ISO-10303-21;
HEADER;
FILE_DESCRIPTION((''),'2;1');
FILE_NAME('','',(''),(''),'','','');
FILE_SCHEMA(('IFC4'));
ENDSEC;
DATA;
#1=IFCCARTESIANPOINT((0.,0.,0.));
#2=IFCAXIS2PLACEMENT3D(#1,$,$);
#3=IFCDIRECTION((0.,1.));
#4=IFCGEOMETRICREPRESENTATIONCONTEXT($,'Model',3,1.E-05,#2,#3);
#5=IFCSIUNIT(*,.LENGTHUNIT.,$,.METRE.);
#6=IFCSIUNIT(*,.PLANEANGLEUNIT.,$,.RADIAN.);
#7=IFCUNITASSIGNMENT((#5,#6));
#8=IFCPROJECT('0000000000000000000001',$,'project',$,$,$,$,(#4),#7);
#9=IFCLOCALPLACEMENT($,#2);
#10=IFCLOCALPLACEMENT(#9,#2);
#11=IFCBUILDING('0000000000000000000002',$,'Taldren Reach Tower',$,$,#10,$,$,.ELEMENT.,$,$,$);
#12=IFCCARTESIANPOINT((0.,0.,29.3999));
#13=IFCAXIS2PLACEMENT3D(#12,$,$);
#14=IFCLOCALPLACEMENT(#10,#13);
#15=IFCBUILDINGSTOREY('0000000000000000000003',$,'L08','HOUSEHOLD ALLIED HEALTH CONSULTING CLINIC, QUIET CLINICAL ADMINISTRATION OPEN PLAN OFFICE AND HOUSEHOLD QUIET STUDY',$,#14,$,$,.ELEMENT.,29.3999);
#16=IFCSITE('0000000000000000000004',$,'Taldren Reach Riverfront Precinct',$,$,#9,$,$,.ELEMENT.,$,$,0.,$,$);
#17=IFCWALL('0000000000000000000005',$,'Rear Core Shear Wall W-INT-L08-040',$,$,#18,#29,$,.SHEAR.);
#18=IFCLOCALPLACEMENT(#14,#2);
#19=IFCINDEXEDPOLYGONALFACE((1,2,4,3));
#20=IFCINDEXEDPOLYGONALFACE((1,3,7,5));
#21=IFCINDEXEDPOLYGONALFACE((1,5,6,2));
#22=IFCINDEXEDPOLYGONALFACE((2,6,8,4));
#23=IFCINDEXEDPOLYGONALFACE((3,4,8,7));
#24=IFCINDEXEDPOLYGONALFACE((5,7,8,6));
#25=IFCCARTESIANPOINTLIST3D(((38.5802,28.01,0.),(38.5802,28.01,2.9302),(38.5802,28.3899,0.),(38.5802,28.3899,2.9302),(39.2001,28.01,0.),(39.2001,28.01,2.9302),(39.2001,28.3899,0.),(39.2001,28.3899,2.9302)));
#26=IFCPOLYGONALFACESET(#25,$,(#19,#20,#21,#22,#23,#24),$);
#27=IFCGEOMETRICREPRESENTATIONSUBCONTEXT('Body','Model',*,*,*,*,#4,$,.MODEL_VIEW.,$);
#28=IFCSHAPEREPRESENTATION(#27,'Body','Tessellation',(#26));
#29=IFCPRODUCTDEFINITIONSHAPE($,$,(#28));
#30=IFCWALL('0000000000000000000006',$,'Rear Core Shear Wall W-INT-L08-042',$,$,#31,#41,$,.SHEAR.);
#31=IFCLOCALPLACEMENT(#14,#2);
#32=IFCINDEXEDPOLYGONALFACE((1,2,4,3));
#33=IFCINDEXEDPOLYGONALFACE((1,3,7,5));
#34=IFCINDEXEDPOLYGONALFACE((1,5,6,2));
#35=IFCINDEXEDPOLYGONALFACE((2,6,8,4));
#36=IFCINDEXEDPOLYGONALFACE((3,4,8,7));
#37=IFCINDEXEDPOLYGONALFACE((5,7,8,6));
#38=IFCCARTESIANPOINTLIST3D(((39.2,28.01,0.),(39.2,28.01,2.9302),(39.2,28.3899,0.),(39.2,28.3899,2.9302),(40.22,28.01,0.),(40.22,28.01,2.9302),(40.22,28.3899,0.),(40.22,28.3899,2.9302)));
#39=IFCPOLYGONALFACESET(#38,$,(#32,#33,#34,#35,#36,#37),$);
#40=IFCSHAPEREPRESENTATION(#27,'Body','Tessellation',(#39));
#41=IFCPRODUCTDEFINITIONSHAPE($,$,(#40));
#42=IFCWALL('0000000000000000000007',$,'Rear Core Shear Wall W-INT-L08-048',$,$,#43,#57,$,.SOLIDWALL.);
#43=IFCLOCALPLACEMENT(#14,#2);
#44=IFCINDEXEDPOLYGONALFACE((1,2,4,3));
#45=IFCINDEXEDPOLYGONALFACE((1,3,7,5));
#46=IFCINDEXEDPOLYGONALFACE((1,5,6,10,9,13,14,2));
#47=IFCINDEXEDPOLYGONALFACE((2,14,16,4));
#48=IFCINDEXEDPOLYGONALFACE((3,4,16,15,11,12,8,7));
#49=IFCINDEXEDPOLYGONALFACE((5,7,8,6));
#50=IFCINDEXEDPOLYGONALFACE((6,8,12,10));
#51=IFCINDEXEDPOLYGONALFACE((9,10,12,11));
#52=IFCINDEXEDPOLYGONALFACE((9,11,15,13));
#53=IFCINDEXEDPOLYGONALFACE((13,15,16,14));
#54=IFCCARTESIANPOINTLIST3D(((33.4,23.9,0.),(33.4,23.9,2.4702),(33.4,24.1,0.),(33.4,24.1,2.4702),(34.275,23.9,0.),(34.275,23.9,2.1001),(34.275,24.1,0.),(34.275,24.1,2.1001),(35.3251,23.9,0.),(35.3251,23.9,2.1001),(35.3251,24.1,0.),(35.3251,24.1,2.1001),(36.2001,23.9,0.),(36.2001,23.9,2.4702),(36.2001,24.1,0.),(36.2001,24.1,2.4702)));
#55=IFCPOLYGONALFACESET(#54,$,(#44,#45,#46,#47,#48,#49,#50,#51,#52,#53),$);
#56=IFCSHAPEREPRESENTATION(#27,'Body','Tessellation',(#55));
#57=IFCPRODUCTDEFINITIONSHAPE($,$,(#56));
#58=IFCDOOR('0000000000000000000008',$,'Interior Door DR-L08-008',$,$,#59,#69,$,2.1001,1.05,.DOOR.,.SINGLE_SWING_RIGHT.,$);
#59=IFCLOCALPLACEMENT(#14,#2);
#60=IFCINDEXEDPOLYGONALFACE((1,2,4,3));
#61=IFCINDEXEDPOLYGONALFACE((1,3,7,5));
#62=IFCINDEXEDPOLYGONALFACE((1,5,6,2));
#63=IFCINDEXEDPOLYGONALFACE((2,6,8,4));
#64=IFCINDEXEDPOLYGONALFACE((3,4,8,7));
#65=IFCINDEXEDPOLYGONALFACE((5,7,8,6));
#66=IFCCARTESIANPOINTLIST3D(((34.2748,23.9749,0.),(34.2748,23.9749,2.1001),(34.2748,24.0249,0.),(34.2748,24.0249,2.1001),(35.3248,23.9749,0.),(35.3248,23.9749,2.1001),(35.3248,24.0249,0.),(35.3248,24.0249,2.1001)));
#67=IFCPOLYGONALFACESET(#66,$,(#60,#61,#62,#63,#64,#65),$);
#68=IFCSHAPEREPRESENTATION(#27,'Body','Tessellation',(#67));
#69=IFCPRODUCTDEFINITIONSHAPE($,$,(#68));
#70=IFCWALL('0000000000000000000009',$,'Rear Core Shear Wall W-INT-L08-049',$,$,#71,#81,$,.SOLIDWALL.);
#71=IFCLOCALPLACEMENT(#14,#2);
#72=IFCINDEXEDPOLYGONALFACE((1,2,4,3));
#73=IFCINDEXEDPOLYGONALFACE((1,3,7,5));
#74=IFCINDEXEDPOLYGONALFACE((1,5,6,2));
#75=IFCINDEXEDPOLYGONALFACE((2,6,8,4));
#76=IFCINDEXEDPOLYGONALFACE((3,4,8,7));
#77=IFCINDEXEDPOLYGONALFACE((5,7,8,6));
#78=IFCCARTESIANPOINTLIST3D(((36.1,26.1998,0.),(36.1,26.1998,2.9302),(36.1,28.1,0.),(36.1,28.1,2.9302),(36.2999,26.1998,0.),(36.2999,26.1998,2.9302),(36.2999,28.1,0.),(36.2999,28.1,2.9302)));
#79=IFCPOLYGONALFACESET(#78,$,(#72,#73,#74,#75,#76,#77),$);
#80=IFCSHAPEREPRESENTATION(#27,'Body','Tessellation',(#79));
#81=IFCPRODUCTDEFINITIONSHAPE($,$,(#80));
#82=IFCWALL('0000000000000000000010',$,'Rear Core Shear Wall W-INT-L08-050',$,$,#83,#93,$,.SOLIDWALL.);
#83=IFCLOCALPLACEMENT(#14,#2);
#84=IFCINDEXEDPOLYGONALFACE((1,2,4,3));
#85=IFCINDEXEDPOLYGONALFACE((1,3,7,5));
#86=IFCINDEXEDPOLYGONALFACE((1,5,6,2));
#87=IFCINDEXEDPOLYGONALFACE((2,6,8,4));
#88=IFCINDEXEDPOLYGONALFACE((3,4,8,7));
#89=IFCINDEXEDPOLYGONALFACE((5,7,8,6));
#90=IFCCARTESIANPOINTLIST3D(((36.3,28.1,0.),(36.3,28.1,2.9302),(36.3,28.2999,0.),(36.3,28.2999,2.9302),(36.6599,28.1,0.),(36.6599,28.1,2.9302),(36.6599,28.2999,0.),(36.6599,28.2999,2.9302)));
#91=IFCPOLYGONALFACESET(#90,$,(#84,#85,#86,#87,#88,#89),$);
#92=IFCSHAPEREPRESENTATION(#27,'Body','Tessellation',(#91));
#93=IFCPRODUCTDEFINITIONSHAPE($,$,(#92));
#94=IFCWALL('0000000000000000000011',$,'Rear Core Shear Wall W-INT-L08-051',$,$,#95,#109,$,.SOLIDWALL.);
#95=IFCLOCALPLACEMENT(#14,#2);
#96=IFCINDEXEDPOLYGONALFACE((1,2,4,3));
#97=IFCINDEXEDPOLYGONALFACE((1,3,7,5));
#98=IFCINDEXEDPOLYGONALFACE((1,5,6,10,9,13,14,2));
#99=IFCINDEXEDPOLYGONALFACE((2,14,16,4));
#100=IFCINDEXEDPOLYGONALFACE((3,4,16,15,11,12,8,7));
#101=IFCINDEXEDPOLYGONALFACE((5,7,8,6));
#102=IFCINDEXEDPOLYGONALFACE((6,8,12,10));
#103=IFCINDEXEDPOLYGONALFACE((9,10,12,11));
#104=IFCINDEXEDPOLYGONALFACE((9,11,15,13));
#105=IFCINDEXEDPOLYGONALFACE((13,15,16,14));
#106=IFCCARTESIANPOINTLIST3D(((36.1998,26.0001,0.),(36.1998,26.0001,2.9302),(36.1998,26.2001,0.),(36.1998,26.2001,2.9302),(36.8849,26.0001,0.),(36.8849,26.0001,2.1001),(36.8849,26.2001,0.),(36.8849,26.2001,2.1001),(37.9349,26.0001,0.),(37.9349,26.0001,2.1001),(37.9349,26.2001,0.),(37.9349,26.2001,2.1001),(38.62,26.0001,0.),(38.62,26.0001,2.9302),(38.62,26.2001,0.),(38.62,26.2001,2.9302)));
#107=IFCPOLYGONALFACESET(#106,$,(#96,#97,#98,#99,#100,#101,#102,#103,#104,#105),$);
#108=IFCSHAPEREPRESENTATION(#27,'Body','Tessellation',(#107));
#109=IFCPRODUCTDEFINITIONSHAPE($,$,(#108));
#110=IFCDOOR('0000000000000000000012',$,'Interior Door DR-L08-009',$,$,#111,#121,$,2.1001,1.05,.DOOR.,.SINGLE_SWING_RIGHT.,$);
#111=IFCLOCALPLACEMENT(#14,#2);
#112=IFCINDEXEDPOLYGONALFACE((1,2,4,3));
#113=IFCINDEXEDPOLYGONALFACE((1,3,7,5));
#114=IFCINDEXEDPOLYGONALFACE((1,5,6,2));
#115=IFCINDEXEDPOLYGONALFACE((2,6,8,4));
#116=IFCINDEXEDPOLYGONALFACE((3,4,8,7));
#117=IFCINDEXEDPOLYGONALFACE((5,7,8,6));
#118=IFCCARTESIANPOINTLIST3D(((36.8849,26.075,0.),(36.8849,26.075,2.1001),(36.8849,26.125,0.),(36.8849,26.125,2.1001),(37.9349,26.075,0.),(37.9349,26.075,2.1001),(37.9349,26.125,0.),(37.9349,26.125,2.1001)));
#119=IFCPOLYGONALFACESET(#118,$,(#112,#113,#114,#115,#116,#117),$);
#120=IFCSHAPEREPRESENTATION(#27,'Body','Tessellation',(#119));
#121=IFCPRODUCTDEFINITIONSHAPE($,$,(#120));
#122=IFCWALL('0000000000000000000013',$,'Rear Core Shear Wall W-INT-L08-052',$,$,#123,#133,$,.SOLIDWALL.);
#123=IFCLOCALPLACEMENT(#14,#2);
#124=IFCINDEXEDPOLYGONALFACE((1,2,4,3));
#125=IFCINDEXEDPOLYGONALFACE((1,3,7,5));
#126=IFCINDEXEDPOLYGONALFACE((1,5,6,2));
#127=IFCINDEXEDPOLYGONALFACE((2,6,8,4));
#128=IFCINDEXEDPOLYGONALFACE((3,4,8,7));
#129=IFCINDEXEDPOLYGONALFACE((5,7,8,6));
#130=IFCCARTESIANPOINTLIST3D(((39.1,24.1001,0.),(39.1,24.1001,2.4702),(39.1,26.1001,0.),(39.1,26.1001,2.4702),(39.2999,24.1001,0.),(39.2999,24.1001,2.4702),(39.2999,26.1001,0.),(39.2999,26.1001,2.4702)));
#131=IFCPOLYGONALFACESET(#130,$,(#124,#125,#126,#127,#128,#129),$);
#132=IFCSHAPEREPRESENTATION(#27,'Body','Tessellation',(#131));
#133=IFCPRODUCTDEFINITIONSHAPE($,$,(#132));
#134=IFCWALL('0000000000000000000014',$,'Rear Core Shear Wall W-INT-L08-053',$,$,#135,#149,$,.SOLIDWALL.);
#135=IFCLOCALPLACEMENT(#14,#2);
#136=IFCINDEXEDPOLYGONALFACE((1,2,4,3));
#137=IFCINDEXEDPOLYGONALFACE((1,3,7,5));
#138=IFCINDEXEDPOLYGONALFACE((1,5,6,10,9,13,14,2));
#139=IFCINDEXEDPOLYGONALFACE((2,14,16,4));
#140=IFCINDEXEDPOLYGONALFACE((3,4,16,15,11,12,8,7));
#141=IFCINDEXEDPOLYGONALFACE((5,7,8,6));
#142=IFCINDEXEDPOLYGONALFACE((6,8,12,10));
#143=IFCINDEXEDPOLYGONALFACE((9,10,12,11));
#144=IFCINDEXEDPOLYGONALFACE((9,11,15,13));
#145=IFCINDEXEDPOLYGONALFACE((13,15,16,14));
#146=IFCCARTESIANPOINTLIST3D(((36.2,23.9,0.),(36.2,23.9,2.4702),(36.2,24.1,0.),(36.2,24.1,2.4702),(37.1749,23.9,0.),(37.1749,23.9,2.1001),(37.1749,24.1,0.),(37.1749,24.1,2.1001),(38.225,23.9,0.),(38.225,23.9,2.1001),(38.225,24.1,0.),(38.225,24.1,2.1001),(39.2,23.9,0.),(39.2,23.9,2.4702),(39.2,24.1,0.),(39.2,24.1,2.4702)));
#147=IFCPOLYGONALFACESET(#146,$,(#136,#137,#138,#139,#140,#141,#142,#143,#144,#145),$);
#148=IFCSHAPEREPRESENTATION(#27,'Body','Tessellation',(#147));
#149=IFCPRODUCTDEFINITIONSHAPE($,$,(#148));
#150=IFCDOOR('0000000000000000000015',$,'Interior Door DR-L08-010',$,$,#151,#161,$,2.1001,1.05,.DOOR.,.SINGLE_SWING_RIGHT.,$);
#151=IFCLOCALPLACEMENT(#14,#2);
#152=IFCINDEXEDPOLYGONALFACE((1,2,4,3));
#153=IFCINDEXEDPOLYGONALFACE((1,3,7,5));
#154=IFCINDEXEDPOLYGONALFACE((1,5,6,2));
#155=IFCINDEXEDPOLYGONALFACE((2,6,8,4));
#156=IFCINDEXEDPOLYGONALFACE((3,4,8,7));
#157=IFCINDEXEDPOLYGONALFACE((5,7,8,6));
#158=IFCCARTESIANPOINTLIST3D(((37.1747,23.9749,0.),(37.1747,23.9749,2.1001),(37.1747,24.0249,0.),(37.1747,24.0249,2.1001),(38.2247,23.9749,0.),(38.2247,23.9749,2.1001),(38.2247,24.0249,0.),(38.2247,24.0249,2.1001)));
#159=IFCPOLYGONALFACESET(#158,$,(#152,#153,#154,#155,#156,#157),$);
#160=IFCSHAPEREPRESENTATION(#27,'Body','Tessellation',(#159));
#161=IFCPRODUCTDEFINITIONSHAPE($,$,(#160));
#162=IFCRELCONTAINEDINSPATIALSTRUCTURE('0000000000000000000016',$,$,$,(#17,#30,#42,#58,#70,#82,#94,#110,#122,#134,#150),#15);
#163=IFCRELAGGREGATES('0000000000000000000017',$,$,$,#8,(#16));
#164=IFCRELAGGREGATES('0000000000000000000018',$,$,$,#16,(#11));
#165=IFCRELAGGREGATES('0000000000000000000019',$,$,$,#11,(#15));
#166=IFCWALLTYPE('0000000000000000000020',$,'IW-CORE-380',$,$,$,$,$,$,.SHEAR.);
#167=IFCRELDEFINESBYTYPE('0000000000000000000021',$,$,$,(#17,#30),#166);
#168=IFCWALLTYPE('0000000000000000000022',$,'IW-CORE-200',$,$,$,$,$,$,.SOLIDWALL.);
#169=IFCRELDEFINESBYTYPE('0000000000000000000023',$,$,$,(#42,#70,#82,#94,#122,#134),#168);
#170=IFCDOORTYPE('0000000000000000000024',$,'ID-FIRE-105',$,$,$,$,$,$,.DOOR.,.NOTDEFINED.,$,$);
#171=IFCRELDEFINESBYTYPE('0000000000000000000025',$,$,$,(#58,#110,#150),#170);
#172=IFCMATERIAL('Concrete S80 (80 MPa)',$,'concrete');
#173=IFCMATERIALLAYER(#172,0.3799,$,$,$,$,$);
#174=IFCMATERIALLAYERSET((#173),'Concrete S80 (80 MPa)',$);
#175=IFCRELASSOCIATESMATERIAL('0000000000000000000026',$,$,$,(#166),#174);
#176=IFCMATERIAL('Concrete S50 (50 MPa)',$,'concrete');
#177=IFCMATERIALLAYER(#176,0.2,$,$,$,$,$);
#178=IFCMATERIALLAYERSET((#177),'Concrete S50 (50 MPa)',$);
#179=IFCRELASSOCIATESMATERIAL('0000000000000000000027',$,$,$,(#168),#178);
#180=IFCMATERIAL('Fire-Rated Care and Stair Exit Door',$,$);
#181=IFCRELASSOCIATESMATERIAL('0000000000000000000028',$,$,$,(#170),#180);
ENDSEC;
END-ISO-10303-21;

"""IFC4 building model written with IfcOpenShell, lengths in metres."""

from ifc_helpers import new_model, si_unit, direction, frame, frame_2d, origin, place, context, subcontext, project, spatial, rectangle, extrude, source, transform, mapped, material, layer, layer_set, type_object, element, fill, save


model = new_model("IFC4")

# Units and contexts
model_context = context("Model", 3, precision=1e-05, world=origin(), true_north=direction((0.0, 1.0)))
body_context = subcontext(model_context, "Body", "Model", "MODEL_VIEW")
ifc_project = project(units=[si_unit("LENGTHUNIT", "METRE"), si_unit("PLANEANGLEUNIT", "RADIAN")], contexts=[model_context])

# Site, building, storey
site_placement = place(None, origin())
site = spatial("IfcSite", under=ifc_project, at=site_placement, Name="Taldren Reach Riverfront Precinct", CompositionType="ELEMENT", RefElevation=0.0)
building_placement = place(site_placement, origin())
building = spatial("IfcBuilding", under=site, at=building_placement, Name="Taldren Reach Tower", CompositionType="ELEMENT")
storey_placement = place(building_placement, frame((0.0, 0.0, 29.3999)))
storey = spatial("IfcBuildingStorey", under=building, at=storey_placement, Name="L08", Description="HOUSEHOLD ALLIED HEALTH CONSULTING CLINIC, QUIET CLINICAL ADMINISTRATION OPEN PLAN OFFICE AND HOUSEHOLD QUIET STUDY", CompositionType="ELEMENT", Elevation=29.3999)

# Walls
ifc_material_1 = material(Name="Concrete S80 (80 MPa)", Category="concrete")
ifc_layer_1 = layer(ifc_material_1, 0.3799)
ifc_layer_set_1 = layer_set([ifc_layer_1], Name="Concrete S80 (80 MPa)")
wall_type_1 = type_object("IfcWallType", Name="IW-CORE-380", PredefinedType="SHEAR", material=ifc_layer_set_1)
shared_shape_1 = source(origin(), body_context, "Body", "SweptSolid", [
    extrude(rectangle(XDim=0.6199, YDim=0.3799, at=frame_2d((0.3101, 0.0))), origin(), (0.0, 0.0, 1.0), 2.9302),
])
wall_1_placement = place(storey_placement, frame((38.5801, 28.2, 0.0), z_axis=(0.0, 0.0, 1.0), x_axis=(1.0, 0.0, 0.0)))
element("IfcWall", 1, at=wall_1_placement, inside=storey, type_object=wall_type_1, Name="Rear Core Shear Wall W-INT-L08-040", PredefinedType="SHEAR", context=body_context, shape_type="MappedRepresentation", body=[
    mapped(shared_shape_1, transform((0.0, 0.0, 0.0), scale=1.0)),
])
shared_shape_2 = source(origin(), body_context, "Body", "SweptSolid", [
    extrude(rectangle(XDim=1.02, YDim=0.3799, at=frame_2d((0.51, 0.0))), origin(), (0.0, 0.0, 1.0), 2.9302),
])
wall_2_placement = place(storey_placement, frame((39.2, 28.2, 0.0), z_axis=(0.0, 0.0, 1.0), x_axis=(1.0, 0.0, 0.0)))
element("IfcWall", 2, at=wall_2_placement, inside=storey, type_object=wall_type_1, Name="Rear Core Shear Wall W-INT-L08-042", PredefinedType="SHEAR", context=body_context, shape_type="MappedRepresentation", body=[
    mapped(shared_shape_2, transform((0.0, 0.0, 0.0), scale=1.0)),
])

# Wall, opening, door
ifc_material_2 = material(Name="Concrete S50 (50 MPa)", Category="concrete")
ifc_layer_2 = layer(ifc_material_2, 0.2)
ifc_layer_set_2 = layer_set([ifc_layer_2], Name="Concrete S50 (50 MPa)")
wall_type_2 = type_object("IfcWallType", Name="IW-CORE-200", PredefinedType="SOLIDWALL", material=ifc_layer_set_2)
shared_shape_3 = source(origin(), body_context, "Body", "SweptSolid", [
    extrude(rectangle(XDim=2.8, YDim=0.2, at=frame_2d((1.3999, 0.0))), origin(), (0.0, 0.0, 1.0), 2.4702),
])
wall_3_placement = place(storey_placement, frame((36.2, 24.0, 0.0), z_axis=(0.0, 0.0, 1.0), x_axis=(-1.0, 0.0, 0.0)))
wall_3 = element("IfcWall", 3, at=wall_3_placement, inside=storey, type_object=wall_type_2, Name="Rear Core Shear Wall W-INT-L08-048", PredefinedType="SOLIDWALL", context=body_context, shape_type="MappedRepresentation", body=[
    mapped(shared_shape_3, transform((0.0, 0.0, 0.0), scale=1.0)),
])
shared_shape_4 = source(origin(), body_context, "Body", "SweptSolid", [
    extrude(rectangle(XDim=1.05, YDim=2.1001, at=frame_2d((0.5249, 1.05))), frame((0.0, 0.1099, 0.0), z_axis=(0.0, -1.0, 0.0), x_axis=(1.0, 0.0, 0.0)), (0.0, 0.0, 1.0), 0.22),
])
opening_1_placement = place(wall_3_placement, frame((0.875, 0.0, 0.0)))
opening_1 = element("IfcOpeningElement", 4, at=opening_1_placement, cuts=wall_3, PredefinedType="OPENING", context=body_context, shape_type="MappedRepresentation", body=[
    mapped(shared_shape_4, transform((0.0, 0.0, 0.0), scale=1.0)),
])
ifc_material_3 = material(Name="Fire-Rated Care and Stair Exit Door")
door_type_1 = type_object("IfcDoorType", Name="ID-FIRE-105", OperationType="NOTDEFINED", PredefinedType="DOOR", material=ifc_material_3)
shared_shape_5 = source(origin(), body_context, "Body", "SweptSolid", [
    extrude(rectangle(XDim=1.05, YDim=2.1001, at=frame_2d((0.5249, 1.05))), frame((0.0, 0.0249, 0.0), z_axis=(0.0, -1.0, 0.0), x_axis=(1.0, 0.0, 0.0)), (0.0, 0.0, 1.0), 0.05),
])
door_1_placement = place(opening_1_placement, frame((1.05, 0.0, 0.0), z_axis=(0.0, 0.0, 1.0), x_axis=(-1.0, 0.0, 0.0)))
door_1 = element("IfcDoor", 5, at=door_1_placement, inside=storey, type_object=door_type_1, Name="Interior Door DR-L08-008", OperationType="SINGLE_SWING_RIGHT", OverallHeight=2.1001, OverallWidth=1.05, PredefinedType="DOOR", context=body_context, shape_type="MappedRepresentation", body=[
    mapped(shared_shape_5, transform((0.0, 0.0, 0.0), scale=1.0)),
])
fill(opening_1, door_1)

# Walls
shared_shape_6 = source(origin(), body_context, "Body", "SweptSolid", [
    extrude(rectangle(XDim=1.9001, YDim=0.2, at=frame_2d((0.9502, 0.0))), origin(), (0.0, 0.0, 1.0), 2.9302),
])
wall_4_placement = place(storey_placement, frame((36.2, 28.1001, 0.0), z_axis=(0.0, 0.0, 1.0), x_axis=(0.0, -1.0, 0.0)))
element("IfcWall", 6, at=wall_4_placement, inside=storey, type_object=wall_type_2, Name="Rear Core Shear Wall W-INT-L08-049", PredefinedType="SOLIDWALL", context=body_context, shape_type="MappedRepresentation", body=[
    mapped(shared_shape_6, transform((0.0, 0.0, 0.0), scale=1.0)),
])
shared_shape_7 = source(origin(), body_context, "Body", "SweptSolid", [
    extrude(rectangle(XDim=0.3599, YDim=0.2, at=frame_2d((0.1799, 0.0))), origin(), (0.0, 0.0, 1.0), 2.9302),
])
wall_5_placement = place(storey_placement, frame((36.6599, 28.2, 0.0), z_axis=(0.0, 0.0, 1.0), x_axis=(-1.0, 0.0, 0.0)))
element("IfcWall", 7, at=wall_5_placement, inside=storey, type_object=wall_type_2, Name="Rear Core Shear Wall W-INT-L08-050", PredefinedType="SOLIDWALL", context=body_context, shape_type="MappedRepresentation", body=[
    mapped(shared_shape_7, transform((0.0, 0.0, 0.0), scale=1.0)),
])

# Wall, opening, door
shared_shape_8 = source(origin(), body_context, "Body", "SweptSolid", [
    extrude(rectangle(XDim=2.4202, YDim=0.2, at=frame_2d((1.21, 0.0))), origin(), (0.0, 0.0, 1.0), 2.9302),
])
wall_6_placement = place(storey_placement, frame((36.2, 26.1001, 0.0), z_axis=(0.0, 0.0, 1.0), x_axis=(1.0, 0.0, 0.0)))
wall_6 = element("IfcWall", 8, at=wall_6_placement, inside=storey, type_object=wall_type_2, Name="Rear Core Shear Wall W-INT-L08-051", PredefinedType="SOLIDWALL", context=body_context, shape_type="MappedRepresentation", body=[
    mapped(shared_shape_8, transform((0.0, 0.0, 0.0), scale=1.0)),
])
opening_2_placement = place(wall_6_placement, frame((0.6851, 0.0, 0.0)))
opening_2 = element("IfcOpeningElement", 9, at=opening_2_placement, cuts=wall_6, PredefinedType="OPENING", context=body_context, shape_type="MappedRepresentation", body=[
    mapped(shared_shape_4, transform((0.0, 0.0, 0.0), scale=1.0)),
])
door_2_placement = place(opening_2_placement, origin())
door_2 = element("IfcDoor", 10, at=door_2_placement, inside=storey, type_object=door_type_1, Name="Interior Door DR-L08-009", OperationType="SINGLE_SWING_RIGHT", OverallHeight=2.1001, OverallWidth=1.05, PredefinedType="DOOR", context=body_context, shape_type="MappedRepresentation", body=[
    mapped(shared_shape_5, transform((0.0, 0.0, 0.0), scale=1.0)),
])
fill(opening_2, door_2)

# Wall
shared_shape_9 = source(origin(), body_context, "Body", "SweptSolid", [
    extrude(rectangle(XDim=2.0, YDim=0.2, at=frame_2d((1.0, 0.0))), origin(), (0.0, 0.0, 1.0), 2.4702),
])
wall_7_placement = place(storey_placement, frame((39.2, 26.1001, 0.0), z_axis=(0.0, 0.0, 1.0), x_axis=(0.0, -1.0, 0.0)))
element("IfcWall", 11, at=wall_7_placement, inside=storey, type_object=wall_type_2, Name="Rear Core Shear Wall W-INT-L08-052", PredefinedType="SOLIDWALL", context=body_context, shape_type="MappedRepresentation", body=[
    mapped(shared_shape_9, transform((0.0, 0.0, 0.0), scale=1.0)),
])

# Wall, opening, door
shared_shape_10 = source(origin(), body_context, "Body", "SweptSolid", [
    extrude(rectangle(XDim=3.0, YDim=0.2, at=frame_2d((1.5, 0.0))), origin(), (0.0, 0.0, 1.0), 2.4702),
])
wall_8_placement = place(storey_placement, frame((39.2, 24.0, 0.0), z_axis=(0.0, 0.0, 1.0), x_axis=(-1.0, 0.0, 0.0)))
wall_8 = element("IfcWall", 12, at=wall_8_placement, inside=storey, type_object=wall_type_2, Name="Rear Core Shear Wall W-INT-L08-053", PredefinedType="SOLIDWALL", context=body_context, shape_type="MappedRepresentation", body=[
    mapped(shared_shape_10, transform((0.0, 0.0, 0.0), scale=1.0)),
])
opening_3_placement = place(wall_8_placement, frame((0.9751, 0.0, 0.0)))
opening_3 = element("IfcOpeningElement", 13, at=opening_3_placement, cuts=wall_8, PredefinedType="OPENING", context=body_context, shape_type="MappedRepresentation", body=[
    mapped(shared_shape_4, transform((0.0, 0.0, 0.0), scale=1.0)),
])
door_3_placement = place(opening_3_placement, frame((1.05, 0.0, 0.0), z_axis=(0.0, 0.0, 1.0), x_axis=(-1.0, 0.0, 0.0)))
door_3 = element("IfcDoor", 14, at=door_3_placement, inside=storey, type_object=door_type_1, Name="Interior Door DR-L08-010", OperationType="SINGLE_SWING_RIGHT", OverallHeight=2.1001, OverallWidth=1.05, PredefinedType="DOOR", context=body_context, shape_type="MappedRepresentation", body=[
    mapped(shared_shape_5, transform((0.0, 0.0, 0.0), scale=1.0)),
])
fill(opening_3, door_3)

save(model, "model.ifc")
